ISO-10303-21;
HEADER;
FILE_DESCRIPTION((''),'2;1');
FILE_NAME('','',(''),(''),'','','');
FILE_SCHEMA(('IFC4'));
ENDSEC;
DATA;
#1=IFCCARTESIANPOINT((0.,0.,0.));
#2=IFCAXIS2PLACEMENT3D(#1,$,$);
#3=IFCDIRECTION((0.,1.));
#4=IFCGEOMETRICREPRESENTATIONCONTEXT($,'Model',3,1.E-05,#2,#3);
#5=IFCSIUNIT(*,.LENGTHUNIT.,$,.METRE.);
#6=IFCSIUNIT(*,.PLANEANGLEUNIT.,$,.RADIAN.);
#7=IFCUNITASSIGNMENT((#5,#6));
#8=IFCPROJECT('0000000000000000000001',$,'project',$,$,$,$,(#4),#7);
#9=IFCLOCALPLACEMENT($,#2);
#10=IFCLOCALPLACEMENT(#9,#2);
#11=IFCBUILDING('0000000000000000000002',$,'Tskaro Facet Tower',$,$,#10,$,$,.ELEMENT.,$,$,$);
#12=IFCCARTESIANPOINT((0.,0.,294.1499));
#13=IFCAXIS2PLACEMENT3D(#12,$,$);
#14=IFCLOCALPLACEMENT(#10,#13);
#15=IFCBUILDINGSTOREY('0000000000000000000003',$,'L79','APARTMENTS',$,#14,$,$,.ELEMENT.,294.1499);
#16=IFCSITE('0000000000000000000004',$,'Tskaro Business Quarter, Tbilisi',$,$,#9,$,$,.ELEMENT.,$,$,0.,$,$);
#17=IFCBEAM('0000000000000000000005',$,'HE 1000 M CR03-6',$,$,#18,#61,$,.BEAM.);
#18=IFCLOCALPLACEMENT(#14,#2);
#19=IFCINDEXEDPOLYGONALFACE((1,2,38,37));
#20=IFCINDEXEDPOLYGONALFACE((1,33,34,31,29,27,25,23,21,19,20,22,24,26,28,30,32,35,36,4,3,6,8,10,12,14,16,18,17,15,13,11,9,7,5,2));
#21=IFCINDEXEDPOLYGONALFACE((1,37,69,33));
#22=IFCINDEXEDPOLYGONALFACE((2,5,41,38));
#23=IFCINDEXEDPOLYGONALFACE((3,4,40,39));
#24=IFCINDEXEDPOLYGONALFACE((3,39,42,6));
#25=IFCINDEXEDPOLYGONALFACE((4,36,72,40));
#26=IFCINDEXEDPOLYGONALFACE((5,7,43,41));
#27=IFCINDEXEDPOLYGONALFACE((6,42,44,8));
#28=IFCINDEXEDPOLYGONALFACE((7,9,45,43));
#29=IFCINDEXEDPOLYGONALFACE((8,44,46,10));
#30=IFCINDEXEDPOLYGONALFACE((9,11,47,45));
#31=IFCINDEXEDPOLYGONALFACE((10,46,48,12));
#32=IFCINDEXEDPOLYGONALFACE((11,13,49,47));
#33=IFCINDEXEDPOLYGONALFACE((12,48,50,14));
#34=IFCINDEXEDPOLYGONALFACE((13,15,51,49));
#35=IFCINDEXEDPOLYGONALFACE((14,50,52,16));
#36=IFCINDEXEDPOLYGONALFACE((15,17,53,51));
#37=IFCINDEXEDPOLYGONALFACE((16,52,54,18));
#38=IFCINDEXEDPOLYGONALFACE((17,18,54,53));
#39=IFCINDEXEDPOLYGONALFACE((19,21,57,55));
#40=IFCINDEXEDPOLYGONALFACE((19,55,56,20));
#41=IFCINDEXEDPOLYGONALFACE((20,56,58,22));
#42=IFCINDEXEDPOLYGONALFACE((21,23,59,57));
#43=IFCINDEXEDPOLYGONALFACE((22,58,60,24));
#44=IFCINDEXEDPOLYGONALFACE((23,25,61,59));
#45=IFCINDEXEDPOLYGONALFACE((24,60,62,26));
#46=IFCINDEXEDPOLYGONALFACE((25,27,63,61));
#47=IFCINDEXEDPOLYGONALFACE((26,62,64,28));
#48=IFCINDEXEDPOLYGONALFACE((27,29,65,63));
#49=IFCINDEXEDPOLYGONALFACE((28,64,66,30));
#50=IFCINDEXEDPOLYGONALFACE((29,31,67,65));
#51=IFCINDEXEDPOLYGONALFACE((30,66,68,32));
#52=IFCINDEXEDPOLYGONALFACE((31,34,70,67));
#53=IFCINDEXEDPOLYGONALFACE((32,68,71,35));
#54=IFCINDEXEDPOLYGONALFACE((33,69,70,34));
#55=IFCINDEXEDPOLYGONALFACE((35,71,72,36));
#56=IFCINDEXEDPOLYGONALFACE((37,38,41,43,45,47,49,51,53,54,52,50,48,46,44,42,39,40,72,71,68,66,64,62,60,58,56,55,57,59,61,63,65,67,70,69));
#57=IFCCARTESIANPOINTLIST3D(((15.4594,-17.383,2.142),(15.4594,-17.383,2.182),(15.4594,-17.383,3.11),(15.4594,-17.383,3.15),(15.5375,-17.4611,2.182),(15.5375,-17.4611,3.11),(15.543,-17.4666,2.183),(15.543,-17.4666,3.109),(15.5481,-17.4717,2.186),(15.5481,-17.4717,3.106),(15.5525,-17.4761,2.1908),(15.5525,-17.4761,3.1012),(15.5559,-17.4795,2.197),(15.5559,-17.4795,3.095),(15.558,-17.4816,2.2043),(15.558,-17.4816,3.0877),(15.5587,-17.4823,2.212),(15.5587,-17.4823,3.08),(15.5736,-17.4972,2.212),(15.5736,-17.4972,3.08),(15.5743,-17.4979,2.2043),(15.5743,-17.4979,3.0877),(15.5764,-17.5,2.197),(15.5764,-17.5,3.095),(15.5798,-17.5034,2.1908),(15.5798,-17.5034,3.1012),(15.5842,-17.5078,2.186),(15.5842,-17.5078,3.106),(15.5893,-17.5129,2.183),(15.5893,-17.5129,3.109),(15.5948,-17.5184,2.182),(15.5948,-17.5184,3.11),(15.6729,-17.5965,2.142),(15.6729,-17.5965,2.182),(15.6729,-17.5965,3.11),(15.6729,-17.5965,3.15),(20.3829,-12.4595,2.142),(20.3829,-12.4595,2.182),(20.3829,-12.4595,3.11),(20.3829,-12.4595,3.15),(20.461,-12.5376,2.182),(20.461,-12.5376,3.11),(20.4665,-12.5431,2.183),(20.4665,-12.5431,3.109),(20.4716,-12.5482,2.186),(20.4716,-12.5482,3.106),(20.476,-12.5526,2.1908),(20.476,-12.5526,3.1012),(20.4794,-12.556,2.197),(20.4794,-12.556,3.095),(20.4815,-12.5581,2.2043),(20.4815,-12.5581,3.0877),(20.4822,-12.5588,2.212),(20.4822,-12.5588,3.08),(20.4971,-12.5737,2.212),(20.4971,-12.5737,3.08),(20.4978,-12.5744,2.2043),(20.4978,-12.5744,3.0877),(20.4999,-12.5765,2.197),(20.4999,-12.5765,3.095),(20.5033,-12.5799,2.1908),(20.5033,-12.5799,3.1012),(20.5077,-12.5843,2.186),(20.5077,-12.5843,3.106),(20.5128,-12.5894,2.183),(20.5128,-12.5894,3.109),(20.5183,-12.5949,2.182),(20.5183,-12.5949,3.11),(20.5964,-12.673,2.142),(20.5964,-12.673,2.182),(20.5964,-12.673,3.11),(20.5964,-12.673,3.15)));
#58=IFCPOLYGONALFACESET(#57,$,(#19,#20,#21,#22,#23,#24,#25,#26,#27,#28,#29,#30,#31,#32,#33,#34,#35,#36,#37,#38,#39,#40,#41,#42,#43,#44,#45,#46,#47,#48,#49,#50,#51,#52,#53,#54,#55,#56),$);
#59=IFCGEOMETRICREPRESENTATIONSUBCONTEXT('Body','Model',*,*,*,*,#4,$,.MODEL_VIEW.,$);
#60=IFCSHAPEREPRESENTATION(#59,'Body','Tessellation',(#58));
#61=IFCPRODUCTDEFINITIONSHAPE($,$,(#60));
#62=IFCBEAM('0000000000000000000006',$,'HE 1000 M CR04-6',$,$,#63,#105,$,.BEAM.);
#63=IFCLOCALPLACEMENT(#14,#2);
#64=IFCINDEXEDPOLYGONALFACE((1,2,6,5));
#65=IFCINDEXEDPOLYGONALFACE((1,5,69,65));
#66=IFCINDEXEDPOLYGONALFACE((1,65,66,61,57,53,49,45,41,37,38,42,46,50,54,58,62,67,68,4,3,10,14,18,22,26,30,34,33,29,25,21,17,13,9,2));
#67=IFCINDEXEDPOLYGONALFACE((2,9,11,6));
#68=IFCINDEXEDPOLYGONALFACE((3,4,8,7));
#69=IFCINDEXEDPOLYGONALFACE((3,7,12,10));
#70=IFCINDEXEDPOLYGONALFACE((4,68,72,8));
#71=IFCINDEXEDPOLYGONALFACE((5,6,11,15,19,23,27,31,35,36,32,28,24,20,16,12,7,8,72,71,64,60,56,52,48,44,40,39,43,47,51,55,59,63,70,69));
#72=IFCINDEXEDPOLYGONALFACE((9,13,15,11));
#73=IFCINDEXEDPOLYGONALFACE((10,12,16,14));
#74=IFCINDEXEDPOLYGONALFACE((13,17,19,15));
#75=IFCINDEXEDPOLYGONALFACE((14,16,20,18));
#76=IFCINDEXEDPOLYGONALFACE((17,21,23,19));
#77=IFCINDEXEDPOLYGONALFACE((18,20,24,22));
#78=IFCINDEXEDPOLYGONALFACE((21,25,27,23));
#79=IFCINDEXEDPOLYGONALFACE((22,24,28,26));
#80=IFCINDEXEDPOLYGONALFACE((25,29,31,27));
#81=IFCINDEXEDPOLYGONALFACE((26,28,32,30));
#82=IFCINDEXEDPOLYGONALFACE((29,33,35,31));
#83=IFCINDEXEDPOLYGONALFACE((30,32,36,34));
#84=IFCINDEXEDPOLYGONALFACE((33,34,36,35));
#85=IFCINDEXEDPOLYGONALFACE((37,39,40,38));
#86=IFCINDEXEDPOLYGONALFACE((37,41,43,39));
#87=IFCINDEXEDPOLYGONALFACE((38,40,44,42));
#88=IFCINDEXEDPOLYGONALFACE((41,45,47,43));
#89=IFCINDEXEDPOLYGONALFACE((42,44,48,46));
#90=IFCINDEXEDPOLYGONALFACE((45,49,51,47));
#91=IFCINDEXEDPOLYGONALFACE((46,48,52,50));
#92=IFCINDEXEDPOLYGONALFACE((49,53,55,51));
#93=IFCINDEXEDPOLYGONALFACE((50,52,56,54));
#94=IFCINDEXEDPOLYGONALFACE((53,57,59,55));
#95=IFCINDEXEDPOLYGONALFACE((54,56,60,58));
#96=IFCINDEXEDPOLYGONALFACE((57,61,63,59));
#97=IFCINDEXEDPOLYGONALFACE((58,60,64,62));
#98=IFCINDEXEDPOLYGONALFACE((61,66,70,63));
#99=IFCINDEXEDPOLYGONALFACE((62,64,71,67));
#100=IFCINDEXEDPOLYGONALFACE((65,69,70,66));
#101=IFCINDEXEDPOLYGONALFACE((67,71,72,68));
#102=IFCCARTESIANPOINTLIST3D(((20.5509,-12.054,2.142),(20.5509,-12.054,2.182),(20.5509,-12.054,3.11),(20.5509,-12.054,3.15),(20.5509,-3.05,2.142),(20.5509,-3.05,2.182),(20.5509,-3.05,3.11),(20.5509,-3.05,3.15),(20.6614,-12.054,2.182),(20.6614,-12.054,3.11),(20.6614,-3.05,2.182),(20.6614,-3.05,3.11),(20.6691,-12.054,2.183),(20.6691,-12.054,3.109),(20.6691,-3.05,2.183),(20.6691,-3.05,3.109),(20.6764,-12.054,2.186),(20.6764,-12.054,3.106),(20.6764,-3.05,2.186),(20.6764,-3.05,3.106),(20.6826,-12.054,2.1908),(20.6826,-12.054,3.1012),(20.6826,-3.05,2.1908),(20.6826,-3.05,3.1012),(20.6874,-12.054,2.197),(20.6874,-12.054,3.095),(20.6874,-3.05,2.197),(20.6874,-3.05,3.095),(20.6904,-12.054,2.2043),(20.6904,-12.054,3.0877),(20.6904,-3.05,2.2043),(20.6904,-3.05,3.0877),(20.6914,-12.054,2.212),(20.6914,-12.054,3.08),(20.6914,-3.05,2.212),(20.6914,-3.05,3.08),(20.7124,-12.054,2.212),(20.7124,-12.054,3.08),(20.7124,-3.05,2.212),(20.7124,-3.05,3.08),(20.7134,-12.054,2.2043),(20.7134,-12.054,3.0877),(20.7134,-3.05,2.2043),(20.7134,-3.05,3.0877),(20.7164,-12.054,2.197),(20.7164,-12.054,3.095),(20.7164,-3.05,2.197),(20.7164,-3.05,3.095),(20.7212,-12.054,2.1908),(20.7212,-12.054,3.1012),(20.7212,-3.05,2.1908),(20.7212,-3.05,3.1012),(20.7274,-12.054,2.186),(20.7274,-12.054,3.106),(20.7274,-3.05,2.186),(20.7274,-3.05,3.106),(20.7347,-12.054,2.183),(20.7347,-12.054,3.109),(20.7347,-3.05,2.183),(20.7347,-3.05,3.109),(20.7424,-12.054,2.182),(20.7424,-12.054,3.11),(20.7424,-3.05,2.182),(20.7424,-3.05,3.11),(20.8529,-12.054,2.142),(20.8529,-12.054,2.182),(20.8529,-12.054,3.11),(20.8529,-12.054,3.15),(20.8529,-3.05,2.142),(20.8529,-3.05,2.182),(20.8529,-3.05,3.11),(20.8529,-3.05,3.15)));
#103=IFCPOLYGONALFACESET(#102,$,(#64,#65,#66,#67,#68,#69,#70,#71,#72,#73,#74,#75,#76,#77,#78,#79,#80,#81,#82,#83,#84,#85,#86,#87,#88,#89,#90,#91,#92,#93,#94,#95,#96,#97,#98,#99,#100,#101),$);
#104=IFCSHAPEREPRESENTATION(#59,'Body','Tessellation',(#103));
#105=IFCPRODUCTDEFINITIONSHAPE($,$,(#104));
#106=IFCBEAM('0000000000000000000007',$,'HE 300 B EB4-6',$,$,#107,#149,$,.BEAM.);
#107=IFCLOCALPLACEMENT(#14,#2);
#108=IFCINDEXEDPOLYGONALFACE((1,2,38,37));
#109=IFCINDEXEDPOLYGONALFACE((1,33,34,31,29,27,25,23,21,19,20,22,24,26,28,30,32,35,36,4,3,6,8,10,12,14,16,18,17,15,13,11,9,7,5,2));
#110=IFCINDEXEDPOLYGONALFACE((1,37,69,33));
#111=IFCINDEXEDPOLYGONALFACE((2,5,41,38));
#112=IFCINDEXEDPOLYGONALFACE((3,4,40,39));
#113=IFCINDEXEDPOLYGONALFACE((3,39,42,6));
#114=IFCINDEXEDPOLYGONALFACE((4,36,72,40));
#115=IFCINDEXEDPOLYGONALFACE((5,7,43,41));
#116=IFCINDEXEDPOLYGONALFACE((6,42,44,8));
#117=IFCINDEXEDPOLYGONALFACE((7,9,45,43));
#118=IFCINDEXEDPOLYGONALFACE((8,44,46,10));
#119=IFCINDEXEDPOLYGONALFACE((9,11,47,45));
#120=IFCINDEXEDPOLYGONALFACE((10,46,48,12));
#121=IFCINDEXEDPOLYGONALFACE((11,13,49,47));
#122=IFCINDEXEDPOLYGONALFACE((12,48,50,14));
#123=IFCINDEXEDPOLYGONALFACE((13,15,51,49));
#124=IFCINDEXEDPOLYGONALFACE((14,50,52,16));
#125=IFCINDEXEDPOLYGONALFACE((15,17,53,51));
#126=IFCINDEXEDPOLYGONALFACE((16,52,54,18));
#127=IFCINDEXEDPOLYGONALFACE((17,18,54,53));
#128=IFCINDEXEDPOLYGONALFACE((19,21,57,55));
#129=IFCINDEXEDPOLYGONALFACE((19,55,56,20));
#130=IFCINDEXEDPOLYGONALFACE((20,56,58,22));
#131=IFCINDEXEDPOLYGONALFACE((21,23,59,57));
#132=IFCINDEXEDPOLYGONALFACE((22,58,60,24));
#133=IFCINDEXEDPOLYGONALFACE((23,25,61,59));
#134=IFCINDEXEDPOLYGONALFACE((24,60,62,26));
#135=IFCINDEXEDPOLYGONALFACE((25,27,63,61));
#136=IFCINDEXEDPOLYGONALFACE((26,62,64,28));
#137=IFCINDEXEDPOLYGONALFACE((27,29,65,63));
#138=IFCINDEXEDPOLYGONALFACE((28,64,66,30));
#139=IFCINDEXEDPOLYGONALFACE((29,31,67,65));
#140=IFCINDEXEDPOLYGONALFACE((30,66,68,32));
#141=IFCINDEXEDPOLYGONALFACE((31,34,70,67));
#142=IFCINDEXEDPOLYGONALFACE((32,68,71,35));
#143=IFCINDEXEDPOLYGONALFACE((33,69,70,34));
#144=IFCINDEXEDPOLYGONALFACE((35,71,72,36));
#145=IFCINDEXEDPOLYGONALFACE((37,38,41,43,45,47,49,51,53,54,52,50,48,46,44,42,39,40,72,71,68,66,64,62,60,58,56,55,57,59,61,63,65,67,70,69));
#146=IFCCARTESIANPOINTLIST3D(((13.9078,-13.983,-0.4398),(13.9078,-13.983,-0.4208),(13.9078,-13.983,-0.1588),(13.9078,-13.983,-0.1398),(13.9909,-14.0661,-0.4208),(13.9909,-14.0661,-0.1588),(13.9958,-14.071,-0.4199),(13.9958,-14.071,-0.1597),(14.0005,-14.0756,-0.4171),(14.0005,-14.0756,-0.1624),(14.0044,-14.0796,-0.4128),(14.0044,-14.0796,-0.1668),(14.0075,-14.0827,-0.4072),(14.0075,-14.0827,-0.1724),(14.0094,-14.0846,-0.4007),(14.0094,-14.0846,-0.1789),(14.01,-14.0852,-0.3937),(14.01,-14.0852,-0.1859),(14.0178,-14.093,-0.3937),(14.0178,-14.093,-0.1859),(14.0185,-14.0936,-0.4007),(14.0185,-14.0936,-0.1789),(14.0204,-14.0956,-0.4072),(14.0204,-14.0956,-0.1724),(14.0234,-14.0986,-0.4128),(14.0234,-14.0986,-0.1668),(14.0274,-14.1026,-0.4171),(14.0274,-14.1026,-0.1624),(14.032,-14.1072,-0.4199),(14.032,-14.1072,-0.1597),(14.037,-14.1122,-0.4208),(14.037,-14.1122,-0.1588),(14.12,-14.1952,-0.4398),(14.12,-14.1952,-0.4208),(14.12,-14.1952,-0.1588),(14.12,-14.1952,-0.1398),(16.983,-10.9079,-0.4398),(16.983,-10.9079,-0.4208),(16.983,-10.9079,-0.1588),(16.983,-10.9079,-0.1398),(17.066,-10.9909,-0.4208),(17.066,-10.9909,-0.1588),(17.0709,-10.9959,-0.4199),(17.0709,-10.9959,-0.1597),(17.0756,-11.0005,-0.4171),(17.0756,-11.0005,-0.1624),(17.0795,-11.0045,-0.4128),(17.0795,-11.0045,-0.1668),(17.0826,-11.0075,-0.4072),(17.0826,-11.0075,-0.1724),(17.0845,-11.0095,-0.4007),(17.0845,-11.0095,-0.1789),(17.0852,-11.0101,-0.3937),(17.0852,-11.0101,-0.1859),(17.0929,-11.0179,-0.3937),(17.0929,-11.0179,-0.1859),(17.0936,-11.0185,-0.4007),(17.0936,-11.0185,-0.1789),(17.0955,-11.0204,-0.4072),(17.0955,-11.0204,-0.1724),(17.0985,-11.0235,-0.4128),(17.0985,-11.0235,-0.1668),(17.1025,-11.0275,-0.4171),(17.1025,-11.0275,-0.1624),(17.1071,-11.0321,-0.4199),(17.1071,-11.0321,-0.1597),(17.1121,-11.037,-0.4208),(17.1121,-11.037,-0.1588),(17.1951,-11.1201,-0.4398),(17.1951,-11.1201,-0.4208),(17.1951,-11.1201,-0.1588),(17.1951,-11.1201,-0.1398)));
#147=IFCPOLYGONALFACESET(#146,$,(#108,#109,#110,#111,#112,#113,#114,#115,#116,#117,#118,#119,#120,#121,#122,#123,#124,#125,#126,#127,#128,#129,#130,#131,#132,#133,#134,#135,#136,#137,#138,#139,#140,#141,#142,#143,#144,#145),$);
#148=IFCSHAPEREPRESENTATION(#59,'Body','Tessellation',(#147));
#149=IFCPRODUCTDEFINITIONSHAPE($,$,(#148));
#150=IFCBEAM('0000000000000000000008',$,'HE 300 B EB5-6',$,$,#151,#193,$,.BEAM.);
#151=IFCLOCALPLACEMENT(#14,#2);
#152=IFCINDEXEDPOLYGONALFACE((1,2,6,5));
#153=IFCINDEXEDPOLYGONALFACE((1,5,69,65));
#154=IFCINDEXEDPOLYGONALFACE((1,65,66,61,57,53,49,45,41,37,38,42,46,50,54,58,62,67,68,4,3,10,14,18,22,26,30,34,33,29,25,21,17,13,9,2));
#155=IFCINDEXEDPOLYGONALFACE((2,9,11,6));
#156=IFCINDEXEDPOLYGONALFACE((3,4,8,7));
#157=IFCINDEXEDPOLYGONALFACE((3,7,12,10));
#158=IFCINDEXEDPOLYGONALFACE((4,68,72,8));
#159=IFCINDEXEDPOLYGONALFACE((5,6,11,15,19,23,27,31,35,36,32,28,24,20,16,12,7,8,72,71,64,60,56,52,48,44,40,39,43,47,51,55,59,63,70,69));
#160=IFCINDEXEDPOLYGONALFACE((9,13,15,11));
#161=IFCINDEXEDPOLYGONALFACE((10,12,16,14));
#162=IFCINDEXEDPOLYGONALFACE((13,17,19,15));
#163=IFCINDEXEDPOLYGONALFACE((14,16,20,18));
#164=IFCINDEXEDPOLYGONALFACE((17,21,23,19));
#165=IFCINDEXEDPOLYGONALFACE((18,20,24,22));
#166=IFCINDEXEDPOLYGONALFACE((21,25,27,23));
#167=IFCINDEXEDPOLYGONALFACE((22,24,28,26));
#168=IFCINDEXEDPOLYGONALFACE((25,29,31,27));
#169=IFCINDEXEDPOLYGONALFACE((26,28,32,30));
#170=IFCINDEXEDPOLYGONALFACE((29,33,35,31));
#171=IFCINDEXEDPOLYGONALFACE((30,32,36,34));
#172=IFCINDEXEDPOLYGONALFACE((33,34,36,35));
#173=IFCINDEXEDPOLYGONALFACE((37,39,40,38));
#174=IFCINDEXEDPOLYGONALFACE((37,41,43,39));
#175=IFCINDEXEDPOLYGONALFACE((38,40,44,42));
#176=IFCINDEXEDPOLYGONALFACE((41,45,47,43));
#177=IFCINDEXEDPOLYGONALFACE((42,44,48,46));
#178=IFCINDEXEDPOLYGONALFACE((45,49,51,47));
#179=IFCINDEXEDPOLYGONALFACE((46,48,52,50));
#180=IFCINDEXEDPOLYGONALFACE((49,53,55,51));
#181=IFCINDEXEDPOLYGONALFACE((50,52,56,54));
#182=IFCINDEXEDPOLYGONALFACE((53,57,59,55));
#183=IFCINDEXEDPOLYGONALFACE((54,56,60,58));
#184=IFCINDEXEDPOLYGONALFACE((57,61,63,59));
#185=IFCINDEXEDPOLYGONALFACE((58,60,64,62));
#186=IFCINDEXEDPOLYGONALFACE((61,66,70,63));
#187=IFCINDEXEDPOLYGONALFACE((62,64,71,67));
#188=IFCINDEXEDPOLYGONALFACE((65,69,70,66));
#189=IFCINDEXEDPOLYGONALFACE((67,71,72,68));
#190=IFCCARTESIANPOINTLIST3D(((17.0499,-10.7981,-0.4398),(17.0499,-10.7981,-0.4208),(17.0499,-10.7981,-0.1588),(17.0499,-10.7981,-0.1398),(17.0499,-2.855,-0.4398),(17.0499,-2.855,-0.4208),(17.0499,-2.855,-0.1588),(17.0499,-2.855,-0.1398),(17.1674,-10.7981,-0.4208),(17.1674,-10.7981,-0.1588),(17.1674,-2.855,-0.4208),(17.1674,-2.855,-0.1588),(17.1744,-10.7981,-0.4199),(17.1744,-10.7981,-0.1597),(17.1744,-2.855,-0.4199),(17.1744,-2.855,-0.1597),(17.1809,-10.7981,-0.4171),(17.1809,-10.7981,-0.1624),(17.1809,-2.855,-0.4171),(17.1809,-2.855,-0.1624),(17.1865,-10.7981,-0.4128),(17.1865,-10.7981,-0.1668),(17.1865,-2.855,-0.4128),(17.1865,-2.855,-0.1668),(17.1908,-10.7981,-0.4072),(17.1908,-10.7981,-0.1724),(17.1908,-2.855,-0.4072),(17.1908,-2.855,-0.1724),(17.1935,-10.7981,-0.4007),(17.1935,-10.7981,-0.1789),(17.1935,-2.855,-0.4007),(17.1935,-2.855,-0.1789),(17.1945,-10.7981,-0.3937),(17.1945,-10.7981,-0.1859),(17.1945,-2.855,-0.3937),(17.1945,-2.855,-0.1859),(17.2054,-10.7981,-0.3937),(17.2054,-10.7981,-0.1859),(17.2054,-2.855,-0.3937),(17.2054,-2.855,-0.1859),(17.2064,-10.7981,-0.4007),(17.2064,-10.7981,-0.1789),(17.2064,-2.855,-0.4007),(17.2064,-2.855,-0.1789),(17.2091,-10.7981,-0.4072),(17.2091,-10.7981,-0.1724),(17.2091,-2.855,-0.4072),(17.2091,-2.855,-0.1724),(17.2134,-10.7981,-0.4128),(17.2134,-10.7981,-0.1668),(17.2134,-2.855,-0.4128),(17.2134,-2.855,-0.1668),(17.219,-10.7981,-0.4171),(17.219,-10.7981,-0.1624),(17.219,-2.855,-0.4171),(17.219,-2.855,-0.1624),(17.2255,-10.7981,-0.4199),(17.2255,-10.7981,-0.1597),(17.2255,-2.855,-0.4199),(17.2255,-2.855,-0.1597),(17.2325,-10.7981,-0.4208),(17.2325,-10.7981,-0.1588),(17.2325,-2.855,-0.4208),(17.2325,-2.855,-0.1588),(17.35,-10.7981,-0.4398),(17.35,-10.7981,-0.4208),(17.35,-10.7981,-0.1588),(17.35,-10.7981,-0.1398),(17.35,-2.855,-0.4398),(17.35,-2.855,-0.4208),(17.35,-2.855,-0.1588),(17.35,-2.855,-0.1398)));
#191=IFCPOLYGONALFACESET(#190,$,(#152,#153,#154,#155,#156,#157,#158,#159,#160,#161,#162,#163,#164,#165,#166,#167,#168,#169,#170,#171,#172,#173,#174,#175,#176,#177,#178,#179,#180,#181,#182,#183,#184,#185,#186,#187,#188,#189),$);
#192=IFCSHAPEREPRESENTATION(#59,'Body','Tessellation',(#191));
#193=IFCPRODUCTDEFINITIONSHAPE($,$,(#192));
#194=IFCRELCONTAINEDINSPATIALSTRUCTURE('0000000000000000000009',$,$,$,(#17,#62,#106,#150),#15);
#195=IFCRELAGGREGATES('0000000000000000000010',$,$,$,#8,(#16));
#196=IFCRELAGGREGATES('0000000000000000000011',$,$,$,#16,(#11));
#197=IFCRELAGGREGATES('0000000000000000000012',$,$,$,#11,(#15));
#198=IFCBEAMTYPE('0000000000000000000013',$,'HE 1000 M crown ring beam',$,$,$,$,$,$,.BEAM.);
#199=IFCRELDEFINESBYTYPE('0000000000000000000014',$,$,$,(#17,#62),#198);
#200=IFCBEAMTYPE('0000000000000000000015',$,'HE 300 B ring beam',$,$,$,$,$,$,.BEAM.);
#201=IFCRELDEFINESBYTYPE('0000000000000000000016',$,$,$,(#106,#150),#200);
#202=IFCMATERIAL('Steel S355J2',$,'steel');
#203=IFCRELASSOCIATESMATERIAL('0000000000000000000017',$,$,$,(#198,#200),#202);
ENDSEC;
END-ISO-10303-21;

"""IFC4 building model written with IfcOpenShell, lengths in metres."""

from ifc_helpers import new_model, si_unit, direction, frame, origin, origin_2d, place, context, subcontext, project, spatial, i_section, extrude, material, material_profile, profile_set, type_object, element, save


model = new_model("IFC4")

# Units and contexts
model_context = context("Model", 3, precision=1e-05, world=origin(), true_north=direction((0.0, 1.0)))
body_context = subcontext(model_context, "Body", "Model", "MODEL_VIEW")
ifc_project = project(units=[si_unit("LENGTHUNIT", "METRE"), si_unit("PLANEANGLEUNIT", "RADIAN")], contexts=[model_context])

# Site, building, storey
site_placement = place(None, origin())
site = spatial("IfcSite", under=ifc_project, at=site_placement, Name="Tskaro Business Quarter, Tbilisi", CompositionType="ELEMENT", RefElevation=0.0)
building_placement = place(site_placement, origin())
building = spatial("IfcBuilding", under=site, at=building_placement, Name="Tskaro Facet Tower", CompositionType="ELEMENT")
storey_placement = place(building_placement, frame((0.0, 0.0, 294.1499)))
storey = spatial("IfcBuildingStorey", under=building, at=storey_placement, Name="L79", Description="APARTMENTS", CompositionType="ELEMENT", Elevation=294.1499)

# Shared definitions
ifc_material_1 = material(Name="Steel S355J2", Category="steel")

# Beams
ifc_material_profile_1 = material_profile(ifc_material_1, i_section(OverallWidth=0.302, OverallDepth=1.0081, WebThickness=0.021, FlangeThickness=0.04, FilletRadius=0.03, at=origin_2d()), Name="HE 1000 M")
ifc_profile_set_1 = profile_set([ifc_material_profile_1], Name="Steel S355J2")
beam_type_1 = type_object("IfcBeamType", Name="HE 1000 M crown ring beam", PredefinedType="BEAM", material=ifc_profile_set_1)
beam_1_placement = place(storey_placement, frame((15.5662, -17.4897, 2.646), z_axis=(0.707107, 0.707107, 0.0), x_axis=(-0.707107, 0.707107, 0.0)))
element("IfcBeam", 1, at=beam_1_placement, inside=storey, type_object=beam_type_1, Name="HE 1000 M CR03-6", PredefinedType="BEAM", context=body_context, shape_type="SweptSolid", body=[
    extrude(i_section(OverallWidth=0.302, OverallDepth=1.0081, WebThickness=0.021, FlangeThickness=0.04, FilletRadius=0.03, at=origin_2d()), origin(), (0.0, 0.0, 1.0), 6.9629),
])
beam_2_placement = place(storey_placement, frame((20.7019, -12.054, 2.646), z_axis=(0.0, 1.0, 0.0), x_axis=(-1.0, 0.0, 0.0)))
element("IfcBeam", 2, at=beam_2_placement, inside=storey, type_object=beam_type_1, Name="HE 1000 M CR04-6", PredefinedType="BEAM", context=body_context, shape_type="SweptSolid", body=[
    extrude(i_section(OverallWidth=0.302, OverallDepth=1.0081, WebThickness=0.021, FlangeThickness=0.04, FilletRadius=0.03, at=origin_2d()), origin(), (0.0, 0.0, 1.0), 9.0039),
])
ifc_material_profile_2 = material_profile(ifc_material_1, i_section(OverallWidth=0.3, OverallDepth=0.3, WebThickness=0.011, FlangeThickness=0.019, FilletRadius=0.0271, at=origin_2d()), Name="HE 300 B")
ifc_profile_set_2 = profile_set([ifc_material_profile_2], Name="Steel S355J2")
beam_type_2 = type_object("IfcBeamType", Name="HE 300 B ring beam", PredefinedType="BEAM", material=ifc_profile_set_2)
beam_3_placement = place(storey_placement, frame((14.0139, -14.0891, -0.2898), z_axis=(0.707107, 0.707107, 0.0), x_axis=(-0.707107, 0.707107, 0.0)))
element("IfcBeam", 3, at=beam_3_placement, inside=storey, type_object=beam_type_2, Name="HE 300 B EB4-6", PredefinedType="BEAM", context=body_context, shape_type="SweptSolid", body=[
    extrude(i_section(OverallWidth=0.3, OverallDepth=0.3, WebThickness=0.011, FlangeThickness=0.019, FilletRadius=0.0271, at=origin_2d()), origin(), (0.0, 0.0, 1.0), 4.3489),
])
beam_4_placement = place(storey_placement, frame((17.2, -10.7981, -0.2898), z_axis=(0.0, 1.0, 0.0), x_axis=(-1.0, 0.0, 0.0)))
element("IfcBeam", 4, at=beam_4_placement, inside=storey, type_object=beam_type_2, Name="HE 300 B EB5-6", PredefinedType="BEAM", context=body_context, shape_type="SweptSolid", body=[
    extrude(i_section(OverallWidth=0.3, OverallDepth=0.3, WebThickness=0.011, FlangeThickness=0.019, FilletRadius=0.0271, at=origin_2d()), origin(), (0.0, 0.0, 1.0), 7.9431),
])

save(model, "model.ifc")
